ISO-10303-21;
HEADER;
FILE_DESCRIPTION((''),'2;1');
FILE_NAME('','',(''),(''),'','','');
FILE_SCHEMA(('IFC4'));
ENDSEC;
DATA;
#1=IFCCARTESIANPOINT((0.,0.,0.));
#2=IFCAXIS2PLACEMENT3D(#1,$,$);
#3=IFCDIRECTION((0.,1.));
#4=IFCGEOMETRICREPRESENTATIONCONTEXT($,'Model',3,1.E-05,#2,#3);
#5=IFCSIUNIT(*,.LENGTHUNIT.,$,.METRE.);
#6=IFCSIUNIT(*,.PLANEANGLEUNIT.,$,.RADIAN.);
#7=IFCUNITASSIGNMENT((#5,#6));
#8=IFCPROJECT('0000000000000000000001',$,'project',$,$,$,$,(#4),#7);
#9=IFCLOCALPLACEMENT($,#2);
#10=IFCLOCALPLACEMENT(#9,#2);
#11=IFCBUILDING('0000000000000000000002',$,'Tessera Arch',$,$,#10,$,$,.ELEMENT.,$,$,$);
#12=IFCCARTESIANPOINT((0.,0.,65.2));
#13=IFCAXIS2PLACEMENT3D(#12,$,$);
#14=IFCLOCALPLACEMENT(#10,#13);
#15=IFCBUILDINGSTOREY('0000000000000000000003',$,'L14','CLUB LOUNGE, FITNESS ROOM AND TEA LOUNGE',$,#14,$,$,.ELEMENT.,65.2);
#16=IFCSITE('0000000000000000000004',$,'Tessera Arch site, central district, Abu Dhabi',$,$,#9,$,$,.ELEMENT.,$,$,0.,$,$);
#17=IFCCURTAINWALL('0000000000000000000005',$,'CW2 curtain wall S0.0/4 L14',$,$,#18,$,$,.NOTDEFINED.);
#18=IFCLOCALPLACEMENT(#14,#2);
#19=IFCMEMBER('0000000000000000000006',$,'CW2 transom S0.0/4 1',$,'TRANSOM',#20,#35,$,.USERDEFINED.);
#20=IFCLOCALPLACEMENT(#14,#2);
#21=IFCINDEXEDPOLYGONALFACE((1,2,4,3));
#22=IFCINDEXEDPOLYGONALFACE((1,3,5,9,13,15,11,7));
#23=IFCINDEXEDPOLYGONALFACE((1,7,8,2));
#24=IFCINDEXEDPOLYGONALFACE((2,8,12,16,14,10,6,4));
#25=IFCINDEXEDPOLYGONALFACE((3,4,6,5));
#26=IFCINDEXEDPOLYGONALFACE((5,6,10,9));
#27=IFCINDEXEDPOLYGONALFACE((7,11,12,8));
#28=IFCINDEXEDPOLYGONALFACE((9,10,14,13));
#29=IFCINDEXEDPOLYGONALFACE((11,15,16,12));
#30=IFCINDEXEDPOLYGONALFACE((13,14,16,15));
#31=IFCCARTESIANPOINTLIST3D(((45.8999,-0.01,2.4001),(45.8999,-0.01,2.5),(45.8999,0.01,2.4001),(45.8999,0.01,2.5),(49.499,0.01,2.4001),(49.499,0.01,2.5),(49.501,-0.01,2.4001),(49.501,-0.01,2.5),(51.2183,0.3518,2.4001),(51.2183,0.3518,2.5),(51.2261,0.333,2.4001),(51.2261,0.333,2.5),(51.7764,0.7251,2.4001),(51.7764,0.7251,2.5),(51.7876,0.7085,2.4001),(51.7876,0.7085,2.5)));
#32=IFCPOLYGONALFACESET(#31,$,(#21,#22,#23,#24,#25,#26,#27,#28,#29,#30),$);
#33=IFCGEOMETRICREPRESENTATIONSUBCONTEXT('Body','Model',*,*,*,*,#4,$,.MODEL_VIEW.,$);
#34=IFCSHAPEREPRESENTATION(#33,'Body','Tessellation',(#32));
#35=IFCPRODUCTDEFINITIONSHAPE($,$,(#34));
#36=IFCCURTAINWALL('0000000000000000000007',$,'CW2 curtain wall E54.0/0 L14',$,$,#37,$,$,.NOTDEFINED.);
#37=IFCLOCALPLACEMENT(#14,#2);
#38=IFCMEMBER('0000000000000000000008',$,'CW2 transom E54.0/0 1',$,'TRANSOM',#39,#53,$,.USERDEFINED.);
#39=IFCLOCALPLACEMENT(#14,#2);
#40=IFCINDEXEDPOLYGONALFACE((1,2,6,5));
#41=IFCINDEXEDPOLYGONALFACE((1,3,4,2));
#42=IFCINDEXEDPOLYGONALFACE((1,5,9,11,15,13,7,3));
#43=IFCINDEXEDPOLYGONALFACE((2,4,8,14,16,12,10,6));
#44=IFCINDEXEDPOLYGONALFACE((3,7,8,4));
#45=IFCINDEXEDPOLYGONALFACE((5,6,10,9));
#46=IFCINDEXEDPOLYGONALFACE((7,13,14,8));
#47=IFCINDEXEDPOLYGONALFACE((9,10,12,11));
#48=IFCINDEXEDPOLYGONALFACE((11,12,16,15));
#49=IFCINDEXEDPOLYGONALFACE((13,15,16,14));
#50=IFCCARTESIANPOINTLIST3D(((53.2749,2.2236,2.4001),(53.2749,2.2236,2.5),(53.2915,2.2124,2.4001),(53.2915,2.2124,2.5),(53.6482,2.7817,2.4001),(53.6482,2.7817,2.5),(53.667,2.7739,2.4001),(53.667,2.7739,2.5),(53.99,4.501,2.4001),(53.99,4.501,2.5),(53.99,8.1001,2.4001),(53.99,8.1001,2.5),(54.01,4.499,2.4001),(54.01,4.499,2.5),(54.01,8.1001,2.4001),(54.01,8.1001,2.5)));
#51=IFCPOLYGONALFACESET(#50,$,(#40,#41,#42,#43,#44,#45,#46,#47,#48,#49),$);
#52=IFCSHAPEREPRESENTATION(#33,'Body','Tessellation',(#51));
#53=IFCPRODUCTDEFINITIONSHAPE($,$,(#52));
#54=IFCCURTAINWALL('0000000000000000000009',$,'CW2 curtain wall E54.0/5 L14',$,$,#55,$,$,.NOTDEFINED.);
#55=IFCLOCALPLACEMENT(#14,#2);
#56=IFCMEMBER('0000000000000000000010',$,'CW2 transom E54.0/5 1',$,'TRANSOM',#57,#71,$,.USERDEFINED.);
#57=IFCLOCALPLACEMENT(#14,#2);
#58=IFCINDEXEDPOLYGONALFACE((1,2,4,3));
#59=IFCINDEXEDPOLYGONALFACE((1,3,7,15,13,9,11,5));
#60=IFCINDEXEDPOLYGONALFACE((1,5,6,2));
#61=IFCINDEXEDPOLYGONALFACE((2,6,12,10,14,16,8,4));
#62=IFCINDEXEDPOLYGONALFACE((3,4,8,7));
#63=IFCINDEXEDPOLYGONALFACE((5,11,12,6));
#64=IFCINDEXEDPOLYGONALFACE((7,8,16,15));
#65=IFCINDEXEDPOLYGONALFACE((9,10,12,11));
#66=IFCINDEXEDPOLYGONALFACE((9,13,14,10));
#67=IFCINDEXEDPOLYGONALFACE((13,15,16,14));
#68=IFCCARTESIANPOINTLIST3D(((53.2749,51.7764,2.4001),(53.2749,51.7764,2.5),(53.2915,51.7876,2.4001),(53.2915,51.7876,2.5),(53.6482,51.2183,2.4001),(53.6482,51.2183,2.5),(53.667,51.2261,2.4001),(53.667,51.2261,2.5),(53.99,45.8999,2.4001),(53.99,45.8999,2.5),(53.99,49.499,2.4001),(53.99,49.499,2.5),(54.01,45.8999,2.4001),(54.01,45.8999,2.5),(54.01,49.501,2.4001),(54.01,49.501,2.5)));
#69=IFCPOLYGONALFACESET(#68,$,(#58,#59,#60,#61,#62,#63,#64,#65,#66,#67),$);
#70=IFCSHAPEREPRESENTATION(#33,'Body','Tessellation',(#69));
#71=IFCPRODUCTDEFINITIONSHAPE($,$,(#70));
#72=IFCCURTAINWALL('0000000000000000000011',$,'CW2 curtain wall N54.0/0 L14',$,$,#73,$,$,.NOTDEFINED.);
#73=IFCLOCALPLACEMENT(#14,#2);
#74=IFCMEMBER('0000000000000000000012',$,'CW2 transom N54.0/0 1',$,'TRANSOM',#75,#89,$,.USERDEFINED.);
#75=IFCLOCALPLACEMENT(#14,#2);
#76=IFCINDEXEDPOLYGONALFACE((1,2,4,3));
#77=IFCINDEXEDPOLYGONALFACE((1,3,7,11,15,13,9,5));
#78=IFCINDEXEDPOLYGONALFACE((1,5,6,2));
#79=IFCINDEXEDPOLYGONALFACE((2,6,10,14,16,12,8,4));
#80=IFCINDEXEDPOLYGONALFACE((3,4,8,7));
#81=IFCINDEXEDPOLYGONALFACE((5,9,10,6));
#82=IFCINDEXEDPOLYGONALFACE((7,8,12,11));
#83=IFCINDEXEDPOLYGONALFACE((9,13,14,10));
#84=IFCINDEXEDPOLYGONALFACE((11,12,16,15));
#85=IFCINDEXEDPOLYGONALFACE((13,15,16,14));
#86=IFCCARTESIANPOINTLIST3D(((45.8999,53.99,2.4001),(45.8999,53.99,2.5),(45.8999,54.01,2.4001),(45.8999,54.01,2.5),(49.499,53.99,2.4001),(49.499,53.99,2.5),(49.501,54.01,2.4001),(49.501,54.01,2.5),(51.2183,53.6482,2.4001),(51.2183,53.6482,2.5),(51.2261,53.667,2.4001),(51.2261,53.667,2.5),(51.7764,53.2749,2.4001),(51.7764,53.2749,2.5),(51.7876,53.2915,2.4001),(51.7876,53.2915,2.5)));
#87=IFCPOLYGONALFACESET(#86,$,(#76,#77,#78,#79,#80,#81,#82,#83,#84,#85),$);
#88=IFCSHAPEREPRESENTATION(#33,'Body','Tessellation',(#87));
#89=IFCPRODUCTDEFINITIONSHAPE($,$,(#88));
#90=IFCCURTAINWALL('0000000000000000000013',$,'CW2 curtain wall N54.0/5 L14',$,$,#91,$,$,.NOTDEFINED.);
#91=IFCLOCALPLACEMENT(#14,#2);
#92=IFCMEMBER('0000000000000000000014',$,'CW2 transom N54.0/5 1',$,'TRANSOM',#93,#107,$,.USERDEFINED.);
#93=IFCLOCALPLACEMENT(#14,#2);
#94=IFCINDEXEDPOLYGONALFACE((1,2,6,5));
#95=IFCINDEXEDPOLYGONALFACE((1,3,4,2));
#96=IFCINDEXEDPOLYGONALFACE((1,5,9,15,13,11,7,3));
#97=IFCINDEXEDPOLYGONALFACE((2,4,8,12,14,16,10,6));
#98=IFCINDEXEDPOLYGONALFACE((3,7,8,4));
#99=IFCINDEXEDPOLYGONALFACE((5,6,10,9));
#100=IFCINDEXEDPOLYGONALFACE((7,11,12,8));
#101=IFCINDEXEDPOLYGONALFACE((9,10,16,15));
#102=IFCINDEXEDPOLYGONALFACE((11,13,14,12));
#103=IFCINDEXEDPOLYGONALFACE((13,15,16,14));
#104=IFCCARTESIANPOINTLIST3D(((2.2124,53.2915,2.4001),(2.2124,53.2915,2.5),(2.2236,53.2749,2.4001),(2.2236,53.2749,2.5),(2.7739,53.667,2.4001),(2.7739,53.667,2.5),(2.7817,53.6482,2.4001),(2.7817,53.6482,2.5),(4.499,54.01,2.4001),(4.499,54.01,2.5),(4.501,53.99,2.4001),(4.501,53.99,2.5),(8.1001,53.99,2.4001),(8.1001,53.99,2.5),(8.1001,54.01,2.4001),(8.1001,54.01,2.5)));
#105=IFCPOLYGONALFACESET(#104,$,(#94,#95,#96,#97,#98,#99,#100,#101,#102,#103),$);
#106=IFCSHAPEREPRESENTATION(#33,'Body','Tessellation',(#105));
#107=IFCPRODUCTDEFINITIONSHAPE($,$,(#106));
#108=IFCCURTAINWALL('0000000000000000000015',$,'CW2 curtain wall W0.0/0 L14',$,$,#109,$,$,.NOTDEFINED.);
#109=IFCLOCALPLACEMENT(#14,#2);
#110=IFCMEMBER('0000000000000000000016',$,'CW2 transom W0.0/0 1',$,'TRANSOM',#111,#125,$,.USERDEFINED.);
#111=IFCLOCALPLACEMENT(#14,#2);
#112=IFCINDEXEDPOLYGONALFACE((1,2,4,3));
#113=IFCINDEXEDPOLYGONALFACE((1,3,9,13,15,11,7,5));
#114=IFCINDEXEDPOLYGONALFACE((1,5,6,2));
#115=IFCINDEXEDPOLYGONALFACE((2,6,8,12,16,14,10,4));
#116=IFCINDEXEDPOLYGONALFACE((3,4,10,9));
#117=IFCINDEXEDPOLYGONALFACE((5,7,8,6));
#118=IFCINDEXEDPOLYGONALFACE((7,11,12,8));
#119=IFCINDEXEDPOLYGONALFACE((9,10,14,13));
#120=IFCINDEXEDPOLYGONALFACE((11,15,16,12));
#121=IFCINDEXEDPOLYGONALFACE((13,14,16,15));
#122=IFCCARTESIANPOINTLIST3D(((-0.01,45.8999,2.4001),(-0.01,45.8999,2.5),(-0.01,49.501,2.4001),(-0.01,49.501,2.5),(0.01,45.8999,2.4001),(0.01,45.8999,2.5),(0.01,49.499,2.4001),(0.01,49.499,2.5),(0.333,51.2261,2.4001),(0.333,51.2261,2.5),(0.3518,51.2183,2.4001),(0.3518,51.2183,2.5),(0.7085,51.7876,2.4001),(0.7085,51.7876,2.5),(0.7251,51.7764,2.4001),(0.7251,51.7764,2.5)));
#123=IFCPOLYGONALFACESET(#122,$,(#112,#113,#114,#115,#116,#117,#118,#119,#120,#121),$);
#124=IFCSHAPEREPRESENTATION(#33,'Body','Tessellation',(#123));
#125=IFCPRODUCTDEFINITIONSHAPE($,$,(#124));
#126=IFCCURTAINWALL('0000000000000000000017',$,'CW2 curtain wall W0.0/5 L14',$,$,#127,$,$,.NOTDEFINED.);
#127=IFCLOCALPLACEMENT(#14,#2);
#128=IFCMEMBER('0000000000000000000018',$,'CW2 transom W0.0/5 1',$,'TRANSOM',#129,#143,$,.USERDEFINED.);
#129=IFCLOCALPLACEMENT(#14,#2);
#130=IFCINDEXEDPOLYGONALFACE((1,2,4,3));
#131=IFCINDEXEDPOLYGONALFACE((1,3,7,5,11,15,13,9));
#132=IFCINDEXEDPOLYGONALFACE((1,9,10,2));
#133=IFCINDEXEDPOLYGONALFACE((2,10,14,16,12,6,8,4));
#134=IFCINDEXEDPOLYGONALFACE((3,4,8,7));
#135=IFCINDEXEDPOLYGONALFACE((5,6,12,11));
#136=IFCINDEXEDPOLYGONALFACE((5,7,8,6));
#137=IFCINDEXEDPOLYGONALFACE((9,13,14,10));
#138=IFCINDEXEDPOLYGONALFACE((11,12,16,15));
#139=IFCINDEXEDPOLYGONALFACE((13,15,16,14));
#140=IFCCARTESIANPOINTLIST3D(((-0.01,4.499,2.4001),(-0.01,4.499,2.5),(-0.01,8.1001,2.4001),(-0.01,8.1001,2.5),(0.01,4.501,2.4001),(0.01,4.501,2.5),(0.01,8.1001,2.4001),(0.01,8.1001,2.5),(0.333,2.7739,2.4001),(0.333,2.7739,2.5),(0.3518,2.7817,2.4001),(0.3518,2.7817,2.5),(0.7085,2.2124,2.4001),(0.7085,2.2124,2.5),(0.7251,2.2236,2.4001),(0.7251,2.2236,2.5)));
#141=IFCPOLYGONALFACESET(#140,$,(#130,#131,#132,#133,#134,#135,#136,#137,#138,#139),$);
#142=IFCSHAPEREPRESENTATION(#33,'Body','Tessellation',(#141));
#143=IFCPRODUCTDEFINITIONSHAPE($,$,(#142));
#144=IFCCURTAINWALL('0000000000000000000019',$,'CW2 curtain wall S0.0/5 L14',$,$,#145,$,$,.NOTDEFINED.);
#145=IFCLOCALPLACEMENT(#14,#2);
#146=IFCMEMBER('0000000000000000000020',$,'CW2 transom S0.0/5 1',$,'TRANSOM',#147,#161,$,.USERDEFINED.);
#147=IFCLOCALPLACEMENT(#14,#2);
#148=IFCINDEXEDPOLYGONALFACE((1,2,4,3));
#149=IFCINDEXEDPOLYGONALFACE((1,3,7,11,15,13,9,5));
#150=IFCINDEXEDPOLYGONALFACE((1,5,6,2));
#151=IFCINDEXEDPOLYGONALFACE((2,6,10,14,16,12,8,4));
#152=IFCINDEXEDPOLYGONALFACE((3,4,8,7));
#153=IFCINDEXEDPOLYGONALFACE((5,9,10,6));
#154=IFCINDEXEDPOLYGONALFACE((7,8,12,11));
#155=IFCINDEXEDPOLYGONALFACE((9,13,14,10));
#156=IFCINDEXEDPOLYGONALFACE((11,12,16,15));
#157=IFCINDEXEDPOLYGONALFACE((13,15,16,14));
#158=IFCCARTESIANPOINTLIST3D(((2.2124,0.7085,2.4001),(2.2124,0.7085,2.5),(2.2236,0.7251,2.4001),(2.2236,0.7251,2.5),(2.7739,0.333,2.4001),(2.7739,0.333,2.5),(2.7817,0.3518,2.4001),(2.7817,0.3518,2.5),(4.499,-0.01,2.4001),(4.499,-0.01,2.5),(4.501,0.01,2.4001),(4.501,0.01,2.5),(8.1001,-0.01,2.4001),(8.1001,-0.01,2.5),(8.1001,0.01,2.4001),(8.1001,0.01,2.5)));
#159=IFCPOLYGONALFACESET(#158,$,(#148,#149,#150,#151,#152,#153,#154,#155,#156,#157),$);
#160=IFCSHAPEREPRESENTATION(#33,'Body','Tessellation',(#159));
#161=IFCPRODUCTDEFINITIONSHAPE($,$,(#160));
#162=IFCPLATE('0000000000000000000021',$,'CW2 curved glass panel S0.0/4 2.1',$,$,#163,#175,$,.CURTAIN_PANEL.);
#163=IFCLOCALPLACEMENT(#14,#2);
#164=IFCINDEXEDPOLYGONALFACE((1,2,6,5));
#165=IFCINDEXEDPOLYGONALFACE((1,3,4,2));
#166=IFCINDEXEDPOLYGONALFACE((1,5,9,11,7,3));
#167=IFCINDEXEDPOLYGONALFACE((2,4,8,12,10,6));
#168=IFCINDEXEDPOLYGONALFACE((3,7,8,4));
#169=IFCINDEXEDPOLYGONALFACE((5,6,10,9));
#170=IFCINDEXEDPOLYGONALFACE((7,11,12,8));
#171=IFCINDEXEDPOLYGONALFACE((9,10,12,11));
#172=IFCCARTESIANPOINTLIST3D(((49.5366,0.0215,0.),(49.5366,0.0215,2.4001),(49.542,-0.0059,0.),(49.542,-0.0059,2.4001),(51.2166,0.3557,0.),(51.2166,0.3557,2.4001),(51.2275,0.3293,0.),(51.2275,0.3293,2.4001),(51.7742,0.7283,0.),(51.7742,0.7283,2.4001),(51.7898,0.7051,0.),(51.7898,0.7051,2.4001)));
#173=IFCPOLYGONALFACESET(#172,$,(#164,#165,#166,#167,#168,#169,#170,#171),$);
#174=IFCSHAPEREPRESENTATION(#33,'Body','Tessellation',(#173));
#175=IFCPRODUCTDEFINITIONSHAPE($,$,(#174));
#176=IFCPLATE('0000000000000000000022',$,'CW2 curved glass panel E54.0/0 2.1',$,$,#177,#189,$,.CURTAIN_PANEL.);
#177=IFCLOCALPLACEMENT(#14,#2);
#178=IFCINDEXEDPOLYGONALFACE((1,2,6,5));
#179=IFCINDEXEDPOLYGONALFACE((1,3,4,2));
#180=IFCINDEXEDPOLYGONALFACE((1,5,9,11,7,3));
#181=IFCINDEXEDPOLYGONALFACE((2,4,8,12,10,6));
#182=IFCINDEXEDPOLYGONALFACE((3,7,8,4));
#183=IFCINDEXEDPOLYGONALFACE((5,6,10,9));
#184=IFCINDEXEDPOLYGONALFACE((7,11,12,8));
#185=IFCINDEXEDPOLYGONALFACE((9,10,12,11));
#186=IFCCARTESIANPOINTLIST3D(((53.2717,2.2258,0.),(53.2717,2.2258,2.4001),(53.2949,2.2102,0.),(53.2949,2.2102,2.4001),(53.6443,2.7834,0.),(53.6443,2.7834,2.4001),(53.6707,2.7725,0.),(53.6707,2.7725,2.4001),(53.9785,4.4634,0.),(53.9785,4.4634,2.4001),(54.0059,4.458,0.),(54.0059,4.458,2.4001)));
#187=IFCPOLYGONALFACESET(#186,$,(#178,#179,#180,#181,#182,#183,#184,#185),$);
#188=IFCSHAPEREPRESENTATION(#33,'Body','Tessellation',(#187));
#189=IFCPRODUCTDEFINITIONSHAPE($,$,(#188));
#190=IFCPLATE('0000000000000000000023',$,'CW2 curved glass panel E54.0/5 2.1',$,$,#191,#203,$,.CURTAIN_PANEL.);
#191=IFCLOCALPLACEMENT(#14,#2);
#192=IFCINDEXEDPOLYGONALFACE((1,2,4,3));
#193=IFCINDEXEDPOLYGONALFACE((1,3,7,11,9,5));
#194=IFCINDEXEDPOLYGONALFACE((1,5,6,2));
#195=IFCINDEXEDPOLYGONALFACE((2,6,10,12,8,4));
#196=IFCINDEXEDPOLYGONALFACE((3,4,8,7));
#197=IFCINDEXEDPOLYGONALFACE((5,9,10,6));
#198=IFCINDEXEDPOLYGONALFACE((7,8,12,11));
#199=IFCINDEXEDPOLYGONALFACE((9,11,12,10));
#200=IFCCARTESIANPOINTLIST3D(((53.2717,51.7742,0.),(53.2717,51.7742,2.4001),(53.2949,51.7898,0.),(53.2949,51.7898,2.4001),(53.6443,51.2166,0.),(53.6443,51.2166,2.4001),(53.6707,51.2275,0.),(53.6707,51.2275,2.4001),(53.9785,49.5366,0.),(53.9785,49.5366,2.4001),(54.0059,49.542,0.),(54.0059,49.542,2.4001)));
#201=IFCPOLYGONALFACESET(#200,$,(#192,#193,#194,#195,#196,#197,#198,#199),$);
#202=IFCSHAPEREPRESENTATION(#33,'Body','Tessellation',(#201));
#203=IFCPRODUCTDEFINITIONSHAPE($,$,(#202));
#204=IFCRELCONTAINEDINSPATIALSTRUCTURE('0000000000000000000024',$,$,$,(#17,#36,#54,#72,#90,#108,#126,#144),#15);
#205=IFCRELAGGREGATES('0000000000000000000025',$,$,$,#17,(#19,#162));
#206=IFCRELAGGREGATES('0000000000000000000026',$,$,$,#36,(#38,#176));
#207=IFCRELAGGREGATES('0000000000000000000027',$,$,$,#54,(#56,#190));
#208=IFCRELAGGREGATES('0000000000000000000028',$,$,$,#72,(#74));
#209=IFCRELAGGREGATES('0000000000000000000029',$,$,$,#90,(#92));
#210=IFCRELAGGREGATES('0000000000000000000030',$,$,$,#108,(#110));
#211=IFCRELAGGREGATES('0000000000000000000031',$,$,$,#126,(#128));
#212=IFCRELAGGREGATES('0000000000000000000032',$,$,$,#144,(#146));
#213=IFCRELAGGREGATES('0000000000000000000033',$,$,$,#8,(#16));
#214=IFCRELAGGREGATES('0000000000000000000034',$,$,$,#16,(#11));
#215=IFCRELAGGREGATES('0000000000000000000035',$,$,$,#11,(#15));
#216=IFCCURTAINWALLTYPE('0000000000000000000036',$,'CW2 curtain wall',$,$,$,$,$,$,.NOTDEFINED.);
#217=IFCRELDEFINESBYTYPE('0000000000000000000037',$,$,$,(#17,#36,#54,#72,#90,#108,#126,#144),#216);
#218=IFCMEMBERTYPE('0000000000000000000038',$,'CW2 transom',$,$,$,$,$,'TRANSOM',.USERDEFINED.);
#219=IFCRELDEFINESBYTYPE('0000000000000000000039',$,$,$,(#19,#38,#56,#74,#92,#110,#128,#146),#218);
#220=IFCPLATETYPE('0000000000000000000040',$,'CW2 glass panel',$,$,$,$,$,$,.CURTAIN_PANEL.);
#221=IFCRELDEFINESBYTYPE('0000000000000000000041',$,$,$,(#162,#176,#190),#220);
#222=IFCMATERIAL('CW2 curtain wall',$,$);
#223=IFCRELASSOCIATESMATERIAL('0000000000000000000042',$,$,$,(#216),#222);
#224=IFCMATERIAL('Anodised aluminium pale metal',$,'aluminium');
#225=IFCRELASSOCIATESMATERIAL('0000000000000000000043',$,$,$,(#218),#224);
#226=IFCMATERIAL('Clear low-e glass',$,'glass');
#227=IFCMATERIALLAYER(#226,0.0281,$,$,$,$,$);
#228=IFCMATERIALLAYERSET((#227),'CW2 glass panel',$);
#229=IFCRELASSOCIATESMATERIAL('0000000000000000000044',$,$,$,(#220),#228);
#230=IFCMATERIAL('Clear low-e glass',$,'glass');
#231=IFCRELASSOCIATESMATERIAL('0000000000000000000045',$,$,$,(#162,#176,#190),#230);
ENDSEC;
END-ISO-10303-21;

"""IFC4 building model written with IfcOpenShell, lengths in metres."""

from ifc_helpers import new_model, si_unit, direction, frame, origin, origin_2d, place, context, subcontext, project, spatial, polyline, rectangle, outline, extrude, material, layer, layer_set, material_profile, profile_set, type_object, element, aggregate, save


model = new_model("IFC4")

# Units and contexts
model_context = context("Model", 3, precision=1e-05, world=origin(), true_north=direction((0.0, 1.0)))
body_context = subcontext(model_context, "Body", "Model", "MODEL_VIEW")
ifc_project = project(units=[si_unit("LENGTHUNIT", "METRE"), si_unit("PLANEANGLEUNIT", "RADIAN")], contexts=[model_context])

# Site, building, storey
site_placement = place(None, origin())
site = spatial("IfcSite", under=ifc_project, at=site_placement, Name="Tessera Arch site, central district, Abu Dhabi", CompositionType="ELEMENT", RefElevation=0.0)
building_placement = place(site_placement, origin())
building = spatial("IfcBuilding", under=site, at=building_placement, Name="Tessera Arch", CompositionType="ELEMENT")
storey_placement = place(building_placement, frame((0.0, 0.0, 65.2)))
storey = spatial("IfcBuildingStorey", under=building, at=storey_placement, Name="L14", Description="CLUB LOUNGE, FITNESS ROOM AND TEA LOUNGE", CompositionType="ELEMENT", Elevation=65.2)

# Curtain walls, members
ifc_material_1 = material(Name="CW2 curtain wall")
curtain_wall_type = type_object("IfcCurtainWallType", Name="CW2 curtain wall", PredefinedType="NOTDEFINED", material=ifc_material_1)
curtain_wall_1_placement = place(storey_placement, origin())
curtain_wall_1 = element("IfcCurtainWall", 1, at=curtain_wall_1_placement, inside=storey, type_object=curtain_wall_type, Name="CW2 curtain wall S0.0/4 L14", PredefinedType="NOTDEFINED")
ifc_material_2 = material(Name="Anodised aluminium pale metal", Category="aluminium")
ifc_material_profile = material_profile(ifc_material_2, rectangle(XDim=0.2, YDim=0.1001, at=origin_2d()), Name="AL 200x100")
ifc_profile_set = profile_set([ifc_material_profile], Name="Anodised aluminium pale metal")
member_type = type_object("IfcMemberType", Name="CW2 transom", ElementType="TRANSOM", PredefinedType="USERDEFINED", material=ifc_profile_set)
member_1_placement = place(storey_placement, frame((0.0, 0.0, 2.4001)))
member_1 = element("IfcMember", 2, at=member_1_placement, type_object=member_type, Name="CW2 transom S0.0/4 1", ObjectType="TRANSOM", PredefinedType="USERDEFINED", context=body_context, shape_type="SweptSolid", body=[
    extrude(outline(polyline([(49.499, 0.01), (45.8999, 0.01), (45.8999, -0.01), (49.501, -0.01), (51.2261, 0.333), (51.7876, 0.7085), (51.7764, 0.7251), (51.2183, 0.3518), (49.499, 0.01)])), origin(), (0.0, 0.0, 1.0), 0.0999),
])
curtain_wall_2_placement = place(storey_placement, origin())
curtain_wall_2 = element("IfcCurtainWall", 3, at=curtain_wall_2_placement, inside=storey, type_object=curtain_wall_type, Name="CW2 curtain wall E54.0/0 L14", PredefinedType="NOTDEFINED")
member_2_placement = place(storey_placement, frame((0.0, 0.0, 2.4001)))
member_2 = element("IfcMember", 4, at=member_2_placement, type_object=member_type, Name="CW2 transom E54.0/0 1", ObjectType="TRANSOM", PredefinedType="USERDEFINED", context=body_context, shape_type="SweptSolid", body=[
    extrude(outline(polyline([(53.6482, 2.7817), (53.2749, 2.2236), (53.2915, 2.2124), (53.667, 2.7739), (54.01, 4.499), (54.01, 8.1001), (53.99, 8.1001), (53.99, 4.501), (53.6482, 2.7817)])), origin(), (0.0, 0.0, 1.0), 0.0999),
])
curtain_wall_3_placement = place(storey_placement, origin())
curtain_wall_3 = element("IfcCurtainWall", 5, at=curtain_wall_3_placement, inside=storey, type_object=curtain_wall_type, Name="CW2 curtain wall E54.0/5 L14", PredefinedType="NOTDEFINED")
member_3_placement = place(storey_placement, frame((0.0, 0.0, 2.4001)))
member_3 = element("IfcMember", 6, at=member_3_placement, type_object=member_type, Name="CW2 transom E54.0/5 1", ObjectType="TRANSOM", PredefinedType="USERDEFINED", context=body_context, shape_type="SweptSolid", body=[
    extrude(outline(polyline([(53.99, 49.499), (53.99, 45.8999), (54.01, 45.8999), (54.01, 49.501), (53.667, 51.2261), (53.2915, 51.7876), (53.2749, 51.7764), (53.6482, 51.2183), (53.99, 49.499)])), origin(), (0.0, 0.0, 1.0), 0.0999),
])
curtain_wall_4_placement = place(storey_placement, origin())
curtain_wall_4 = element("IfcCurtainWall", 7, at=curtain_wall_4_placement, inside=storey, type_object=curtain_wall_type, Name="CW2 curtain wall N54.0/0 L14", PredefinedType="NOTDEFINED")
member_4_placement = place(storey_placement, frame((0.0, 0.0, 2.4001)))
member_4 = element("IfcMember", 8, at=member_4_placement, type_object=member_type, Name="CW2 transom N54.0/0 1", ObjectType="TRANSOM", PredefinedType="USERDEFINED", context=body_context, shape_type="SweptSolid", body=[
    extrude(outline(polyline([(51.2183, 53.6482), (51.7764, 53.2749), (51.7876, 53.2915), (51.2261, 53.667), (49.501, 54.01), (45.8999, 54.01), (45.8999, 53.99), (49.499, 53.99), (51.2183, 53.6482)])), origin(), (0.0, 0.0, 1.0), 0.0999),
])
curtain_wall_5_placement = place(storey_placement, origin())
curtain_wall_5 = element("IfcCurtainWall", 9, at=curtain_wall_5_placement, inside=storey, type_object=curtain_wall_type, Name="CW2 curtain wall N54.0/5 L14", PredefinedType="NOTDEFINED")
member_5_placement = place(storey_placement, frame((0.0, 0.0, 2.4001)))
member_5 = element("IfcMember", 10, at=member_5_placement, type_object=member_type, Name="CW2 transom N54.0/5 1", ObjectType="TRANSOM", PredefinedType="USERDEFINED", context=body_context, shape_type="SweptSolid", body=[
    extrude(outline(polyline([(4.501, 53.99), (8.1001, 53.99), (8.1001, 54.01), (4.499, 54.01), (2.7739, 53.667), (2.2124, 53.2915), (2.2236, 53.2749), (2.7817, 53.6482), (4.501, 53.99)])), origin(), (0.0, 0.0, 1.0), 0.0999),
])
curtain_wall_6_placement = place(storey_placement, origin())
curtain_wall_6 = element("IfcCurtainWall", 11, at=curtain_wall_6_placement, inside=storey, type_object=curtain_wall_type, Name="CW2 curtain wall W0.0/0 L14", PredefinedType="NOTDEFINED")
member_6_placement = place(storey_placement, frame((0.0, 0.0, 2.4001)))
member_6 = element("IfcMember", 12, at=member_6_placement, type_object=member_type, Name="CW2 transom W0.0/0 1", ObjectType="TRANSOM", PredefinedType="USERDEFINED", context=body_context, shape_type="SweptSolid", body=[
    extrude(outline(polyline([(0.3518, 51.2183), (0.7251, 51.7764), (0.7085, 51.7876), (0.333, 51.2261), (-0.01, 49.501), (-0.01, 45.8999), (0.01, 45.8999), (0.01, 49.499), (0.3518, 51.2183)])), origin(), (0.0, 0.0, 1.0), 0.0999),
])
curtain_wall_7_placement = place(storey_placement, origin())
curtain_wall_7 = element("IfcCurtainWall", 13, at=curtain_wall_7_placement, inside=storey, type_object=curtain_wall_type, Name="CW2 curtain wall W0.0/5 L14", PredefinedType="NOTDEFINED")
member_7_placement = place(storey_placement, frame((0.0, 0.0, 2.4001)))
member_7 = element("IfcMember", 14, at=member_7_placement, type_object=member_type, Name="CW2 transom W0.0/5 1", ObjectType="TRANSOM", PredefinedType="USERDEFINED", context=body_context, shape_type="SweptSolid", body=[
    extrude(outline(polyline([(0.01, 4.501), (0.01, 8.1001), (-0.01, 8.1001), (-0.01, 4.499), (0.333, 2.7739), (0.7085, 2.2124), (0.7251, 2.2236), (0.3518, 2.7817), (0.01, 4.501)])), origin(), (0.0, 0.0, 1.0), 0.0999),
])
curtain_wall_8_placement = place(storey_placement, origin())
curtain_wall_8 = element("IfcCurtainWall", 15, at=curtain_wall_8_placement, inside=storey, type_object=curtain_wall_type, Name="CW2 curtain wall S0.0/5 L14", PredefinedType="NOTDEFINED")
member_8_placement = place(storey_placement, frame((0.0, 0.0, 2.4001)))
member_8 = element("IfcMember", 16, at=member_8_placement, type_object=member_type, Name="CW2 transom S0.0/5 1", ObjectType="TRANSOM", PredefinedType="USERDEFINED", context=body_context, shape_type="SweptSolid", body=[
    extrude(outline(polyline([(2.7817, 0.3518), (2.2236, 0.7251), (2.2124, 0.7085), (2.7739, 0.333), (4.499, -0.01), (8.1001, -0.01), (8.1001, 0.01), (4.501, 0.01), (2.7817, 0.3518)])), origin(), (0.0, 0.0, 1.0), 0.0999),
])

# Plates
ifc_material_3 = material(Name="Clear low-e glass", Category="glass")
ifc_material_4 = material(Name="Clear low-e glass", Category="glass")
ifc_layer_1 = layer(ifc_material_4, 0.0281)
ifc_layer_set_1 = layer_set([ifc_layer_1], Name="CW2 glass panel")
plate_type_1 = type_object("IfcPlateType", Name="CW2 glass panel", PredefinedType="CURTAIN_PANEL", material=ifc_layer_set_1)
plate_1_placement = place(storey_placement, origin())
plate_1 = element("IfcPlate", 17, at=plate_1_placement, type_object=plate_type_1, material=ifc_material_3, Name="CW2 curved glass panel S0.0/4 2.1", PredefinedType="CURTAIN_PANEL", context=body_context, shape_type="SweptSolid", body=[
    extrude(outline(polyline([(51.2166, 0.3557), (49.5366, 0.0215), (49.542, -0.0059), (51.2275, 0.3293), (51.7898, 0.7051), (51.7742, 0.7283), (51.2166, 0.3557)])), origin(), (0.0, 0.0, 1.0), 2.4001),
])
plate_2_placement = place(storey_placement, origin())
plate_2 = element("IfcPlate", 18, at=plate_2_placement, type_object=plate_type_1, material=ifc_material_3, Name="CW2 curved glass panel E54.0/0 2.1", PredefinedType="CURTAIN_PANEL", context=body_context, shape_type="SweptSolid", body=[
    extrude(outline(polyline([(53.6443, 2.7834), (53.2717, 2.2258), (53.2949, 2.2102), (53.6707, 2.7725), (54.0059, 4.458), (53.9785, 4.4634), (53.6443, 2.7834)])), origin(), (0.0, 0.0, 1.0), 2.4001),
])
plate_3_placement = place(storey_placement, origin())
plate_3 = element("IfcPlate", 19, at=plate_3_placement, type_object=plate_type_1, material=ifc_material_3, Name="CW2 curved glass panel E54.0/5 2.1", PredefinedType="CURTAIN_PANEL", context=body_context, shape_type="SweptSolid", body=[
    extrude(outline(polyline([(53.6443, 51.2166), (53.9785, 49.5366), (54.0059, 49.542), (53.6707, 51.2275), (53.2949, 51.7898), (53.2717, 51.7742), (53.6443, 51.2166)])), origin(), (0.0, 0.0, 1.0), 2.4001),
])
aggregate(curtain_wall_1, [member_1, plate_1])
aggregate(curtain_wall_2, [member_2, plate_2])
aggregate(curtain_wall_3, [member_3, plate_3])
aggregate(curtain_wall_4, [member_4])
aggregate(curtain_wall_5, [member_5])
aggregate(curtain_wall_6, [member_6])
aggregate(curtain_wall_7, [member_7])
aggregate(curtain_wall_8, [member_8])

save(model, "model.ifc")
